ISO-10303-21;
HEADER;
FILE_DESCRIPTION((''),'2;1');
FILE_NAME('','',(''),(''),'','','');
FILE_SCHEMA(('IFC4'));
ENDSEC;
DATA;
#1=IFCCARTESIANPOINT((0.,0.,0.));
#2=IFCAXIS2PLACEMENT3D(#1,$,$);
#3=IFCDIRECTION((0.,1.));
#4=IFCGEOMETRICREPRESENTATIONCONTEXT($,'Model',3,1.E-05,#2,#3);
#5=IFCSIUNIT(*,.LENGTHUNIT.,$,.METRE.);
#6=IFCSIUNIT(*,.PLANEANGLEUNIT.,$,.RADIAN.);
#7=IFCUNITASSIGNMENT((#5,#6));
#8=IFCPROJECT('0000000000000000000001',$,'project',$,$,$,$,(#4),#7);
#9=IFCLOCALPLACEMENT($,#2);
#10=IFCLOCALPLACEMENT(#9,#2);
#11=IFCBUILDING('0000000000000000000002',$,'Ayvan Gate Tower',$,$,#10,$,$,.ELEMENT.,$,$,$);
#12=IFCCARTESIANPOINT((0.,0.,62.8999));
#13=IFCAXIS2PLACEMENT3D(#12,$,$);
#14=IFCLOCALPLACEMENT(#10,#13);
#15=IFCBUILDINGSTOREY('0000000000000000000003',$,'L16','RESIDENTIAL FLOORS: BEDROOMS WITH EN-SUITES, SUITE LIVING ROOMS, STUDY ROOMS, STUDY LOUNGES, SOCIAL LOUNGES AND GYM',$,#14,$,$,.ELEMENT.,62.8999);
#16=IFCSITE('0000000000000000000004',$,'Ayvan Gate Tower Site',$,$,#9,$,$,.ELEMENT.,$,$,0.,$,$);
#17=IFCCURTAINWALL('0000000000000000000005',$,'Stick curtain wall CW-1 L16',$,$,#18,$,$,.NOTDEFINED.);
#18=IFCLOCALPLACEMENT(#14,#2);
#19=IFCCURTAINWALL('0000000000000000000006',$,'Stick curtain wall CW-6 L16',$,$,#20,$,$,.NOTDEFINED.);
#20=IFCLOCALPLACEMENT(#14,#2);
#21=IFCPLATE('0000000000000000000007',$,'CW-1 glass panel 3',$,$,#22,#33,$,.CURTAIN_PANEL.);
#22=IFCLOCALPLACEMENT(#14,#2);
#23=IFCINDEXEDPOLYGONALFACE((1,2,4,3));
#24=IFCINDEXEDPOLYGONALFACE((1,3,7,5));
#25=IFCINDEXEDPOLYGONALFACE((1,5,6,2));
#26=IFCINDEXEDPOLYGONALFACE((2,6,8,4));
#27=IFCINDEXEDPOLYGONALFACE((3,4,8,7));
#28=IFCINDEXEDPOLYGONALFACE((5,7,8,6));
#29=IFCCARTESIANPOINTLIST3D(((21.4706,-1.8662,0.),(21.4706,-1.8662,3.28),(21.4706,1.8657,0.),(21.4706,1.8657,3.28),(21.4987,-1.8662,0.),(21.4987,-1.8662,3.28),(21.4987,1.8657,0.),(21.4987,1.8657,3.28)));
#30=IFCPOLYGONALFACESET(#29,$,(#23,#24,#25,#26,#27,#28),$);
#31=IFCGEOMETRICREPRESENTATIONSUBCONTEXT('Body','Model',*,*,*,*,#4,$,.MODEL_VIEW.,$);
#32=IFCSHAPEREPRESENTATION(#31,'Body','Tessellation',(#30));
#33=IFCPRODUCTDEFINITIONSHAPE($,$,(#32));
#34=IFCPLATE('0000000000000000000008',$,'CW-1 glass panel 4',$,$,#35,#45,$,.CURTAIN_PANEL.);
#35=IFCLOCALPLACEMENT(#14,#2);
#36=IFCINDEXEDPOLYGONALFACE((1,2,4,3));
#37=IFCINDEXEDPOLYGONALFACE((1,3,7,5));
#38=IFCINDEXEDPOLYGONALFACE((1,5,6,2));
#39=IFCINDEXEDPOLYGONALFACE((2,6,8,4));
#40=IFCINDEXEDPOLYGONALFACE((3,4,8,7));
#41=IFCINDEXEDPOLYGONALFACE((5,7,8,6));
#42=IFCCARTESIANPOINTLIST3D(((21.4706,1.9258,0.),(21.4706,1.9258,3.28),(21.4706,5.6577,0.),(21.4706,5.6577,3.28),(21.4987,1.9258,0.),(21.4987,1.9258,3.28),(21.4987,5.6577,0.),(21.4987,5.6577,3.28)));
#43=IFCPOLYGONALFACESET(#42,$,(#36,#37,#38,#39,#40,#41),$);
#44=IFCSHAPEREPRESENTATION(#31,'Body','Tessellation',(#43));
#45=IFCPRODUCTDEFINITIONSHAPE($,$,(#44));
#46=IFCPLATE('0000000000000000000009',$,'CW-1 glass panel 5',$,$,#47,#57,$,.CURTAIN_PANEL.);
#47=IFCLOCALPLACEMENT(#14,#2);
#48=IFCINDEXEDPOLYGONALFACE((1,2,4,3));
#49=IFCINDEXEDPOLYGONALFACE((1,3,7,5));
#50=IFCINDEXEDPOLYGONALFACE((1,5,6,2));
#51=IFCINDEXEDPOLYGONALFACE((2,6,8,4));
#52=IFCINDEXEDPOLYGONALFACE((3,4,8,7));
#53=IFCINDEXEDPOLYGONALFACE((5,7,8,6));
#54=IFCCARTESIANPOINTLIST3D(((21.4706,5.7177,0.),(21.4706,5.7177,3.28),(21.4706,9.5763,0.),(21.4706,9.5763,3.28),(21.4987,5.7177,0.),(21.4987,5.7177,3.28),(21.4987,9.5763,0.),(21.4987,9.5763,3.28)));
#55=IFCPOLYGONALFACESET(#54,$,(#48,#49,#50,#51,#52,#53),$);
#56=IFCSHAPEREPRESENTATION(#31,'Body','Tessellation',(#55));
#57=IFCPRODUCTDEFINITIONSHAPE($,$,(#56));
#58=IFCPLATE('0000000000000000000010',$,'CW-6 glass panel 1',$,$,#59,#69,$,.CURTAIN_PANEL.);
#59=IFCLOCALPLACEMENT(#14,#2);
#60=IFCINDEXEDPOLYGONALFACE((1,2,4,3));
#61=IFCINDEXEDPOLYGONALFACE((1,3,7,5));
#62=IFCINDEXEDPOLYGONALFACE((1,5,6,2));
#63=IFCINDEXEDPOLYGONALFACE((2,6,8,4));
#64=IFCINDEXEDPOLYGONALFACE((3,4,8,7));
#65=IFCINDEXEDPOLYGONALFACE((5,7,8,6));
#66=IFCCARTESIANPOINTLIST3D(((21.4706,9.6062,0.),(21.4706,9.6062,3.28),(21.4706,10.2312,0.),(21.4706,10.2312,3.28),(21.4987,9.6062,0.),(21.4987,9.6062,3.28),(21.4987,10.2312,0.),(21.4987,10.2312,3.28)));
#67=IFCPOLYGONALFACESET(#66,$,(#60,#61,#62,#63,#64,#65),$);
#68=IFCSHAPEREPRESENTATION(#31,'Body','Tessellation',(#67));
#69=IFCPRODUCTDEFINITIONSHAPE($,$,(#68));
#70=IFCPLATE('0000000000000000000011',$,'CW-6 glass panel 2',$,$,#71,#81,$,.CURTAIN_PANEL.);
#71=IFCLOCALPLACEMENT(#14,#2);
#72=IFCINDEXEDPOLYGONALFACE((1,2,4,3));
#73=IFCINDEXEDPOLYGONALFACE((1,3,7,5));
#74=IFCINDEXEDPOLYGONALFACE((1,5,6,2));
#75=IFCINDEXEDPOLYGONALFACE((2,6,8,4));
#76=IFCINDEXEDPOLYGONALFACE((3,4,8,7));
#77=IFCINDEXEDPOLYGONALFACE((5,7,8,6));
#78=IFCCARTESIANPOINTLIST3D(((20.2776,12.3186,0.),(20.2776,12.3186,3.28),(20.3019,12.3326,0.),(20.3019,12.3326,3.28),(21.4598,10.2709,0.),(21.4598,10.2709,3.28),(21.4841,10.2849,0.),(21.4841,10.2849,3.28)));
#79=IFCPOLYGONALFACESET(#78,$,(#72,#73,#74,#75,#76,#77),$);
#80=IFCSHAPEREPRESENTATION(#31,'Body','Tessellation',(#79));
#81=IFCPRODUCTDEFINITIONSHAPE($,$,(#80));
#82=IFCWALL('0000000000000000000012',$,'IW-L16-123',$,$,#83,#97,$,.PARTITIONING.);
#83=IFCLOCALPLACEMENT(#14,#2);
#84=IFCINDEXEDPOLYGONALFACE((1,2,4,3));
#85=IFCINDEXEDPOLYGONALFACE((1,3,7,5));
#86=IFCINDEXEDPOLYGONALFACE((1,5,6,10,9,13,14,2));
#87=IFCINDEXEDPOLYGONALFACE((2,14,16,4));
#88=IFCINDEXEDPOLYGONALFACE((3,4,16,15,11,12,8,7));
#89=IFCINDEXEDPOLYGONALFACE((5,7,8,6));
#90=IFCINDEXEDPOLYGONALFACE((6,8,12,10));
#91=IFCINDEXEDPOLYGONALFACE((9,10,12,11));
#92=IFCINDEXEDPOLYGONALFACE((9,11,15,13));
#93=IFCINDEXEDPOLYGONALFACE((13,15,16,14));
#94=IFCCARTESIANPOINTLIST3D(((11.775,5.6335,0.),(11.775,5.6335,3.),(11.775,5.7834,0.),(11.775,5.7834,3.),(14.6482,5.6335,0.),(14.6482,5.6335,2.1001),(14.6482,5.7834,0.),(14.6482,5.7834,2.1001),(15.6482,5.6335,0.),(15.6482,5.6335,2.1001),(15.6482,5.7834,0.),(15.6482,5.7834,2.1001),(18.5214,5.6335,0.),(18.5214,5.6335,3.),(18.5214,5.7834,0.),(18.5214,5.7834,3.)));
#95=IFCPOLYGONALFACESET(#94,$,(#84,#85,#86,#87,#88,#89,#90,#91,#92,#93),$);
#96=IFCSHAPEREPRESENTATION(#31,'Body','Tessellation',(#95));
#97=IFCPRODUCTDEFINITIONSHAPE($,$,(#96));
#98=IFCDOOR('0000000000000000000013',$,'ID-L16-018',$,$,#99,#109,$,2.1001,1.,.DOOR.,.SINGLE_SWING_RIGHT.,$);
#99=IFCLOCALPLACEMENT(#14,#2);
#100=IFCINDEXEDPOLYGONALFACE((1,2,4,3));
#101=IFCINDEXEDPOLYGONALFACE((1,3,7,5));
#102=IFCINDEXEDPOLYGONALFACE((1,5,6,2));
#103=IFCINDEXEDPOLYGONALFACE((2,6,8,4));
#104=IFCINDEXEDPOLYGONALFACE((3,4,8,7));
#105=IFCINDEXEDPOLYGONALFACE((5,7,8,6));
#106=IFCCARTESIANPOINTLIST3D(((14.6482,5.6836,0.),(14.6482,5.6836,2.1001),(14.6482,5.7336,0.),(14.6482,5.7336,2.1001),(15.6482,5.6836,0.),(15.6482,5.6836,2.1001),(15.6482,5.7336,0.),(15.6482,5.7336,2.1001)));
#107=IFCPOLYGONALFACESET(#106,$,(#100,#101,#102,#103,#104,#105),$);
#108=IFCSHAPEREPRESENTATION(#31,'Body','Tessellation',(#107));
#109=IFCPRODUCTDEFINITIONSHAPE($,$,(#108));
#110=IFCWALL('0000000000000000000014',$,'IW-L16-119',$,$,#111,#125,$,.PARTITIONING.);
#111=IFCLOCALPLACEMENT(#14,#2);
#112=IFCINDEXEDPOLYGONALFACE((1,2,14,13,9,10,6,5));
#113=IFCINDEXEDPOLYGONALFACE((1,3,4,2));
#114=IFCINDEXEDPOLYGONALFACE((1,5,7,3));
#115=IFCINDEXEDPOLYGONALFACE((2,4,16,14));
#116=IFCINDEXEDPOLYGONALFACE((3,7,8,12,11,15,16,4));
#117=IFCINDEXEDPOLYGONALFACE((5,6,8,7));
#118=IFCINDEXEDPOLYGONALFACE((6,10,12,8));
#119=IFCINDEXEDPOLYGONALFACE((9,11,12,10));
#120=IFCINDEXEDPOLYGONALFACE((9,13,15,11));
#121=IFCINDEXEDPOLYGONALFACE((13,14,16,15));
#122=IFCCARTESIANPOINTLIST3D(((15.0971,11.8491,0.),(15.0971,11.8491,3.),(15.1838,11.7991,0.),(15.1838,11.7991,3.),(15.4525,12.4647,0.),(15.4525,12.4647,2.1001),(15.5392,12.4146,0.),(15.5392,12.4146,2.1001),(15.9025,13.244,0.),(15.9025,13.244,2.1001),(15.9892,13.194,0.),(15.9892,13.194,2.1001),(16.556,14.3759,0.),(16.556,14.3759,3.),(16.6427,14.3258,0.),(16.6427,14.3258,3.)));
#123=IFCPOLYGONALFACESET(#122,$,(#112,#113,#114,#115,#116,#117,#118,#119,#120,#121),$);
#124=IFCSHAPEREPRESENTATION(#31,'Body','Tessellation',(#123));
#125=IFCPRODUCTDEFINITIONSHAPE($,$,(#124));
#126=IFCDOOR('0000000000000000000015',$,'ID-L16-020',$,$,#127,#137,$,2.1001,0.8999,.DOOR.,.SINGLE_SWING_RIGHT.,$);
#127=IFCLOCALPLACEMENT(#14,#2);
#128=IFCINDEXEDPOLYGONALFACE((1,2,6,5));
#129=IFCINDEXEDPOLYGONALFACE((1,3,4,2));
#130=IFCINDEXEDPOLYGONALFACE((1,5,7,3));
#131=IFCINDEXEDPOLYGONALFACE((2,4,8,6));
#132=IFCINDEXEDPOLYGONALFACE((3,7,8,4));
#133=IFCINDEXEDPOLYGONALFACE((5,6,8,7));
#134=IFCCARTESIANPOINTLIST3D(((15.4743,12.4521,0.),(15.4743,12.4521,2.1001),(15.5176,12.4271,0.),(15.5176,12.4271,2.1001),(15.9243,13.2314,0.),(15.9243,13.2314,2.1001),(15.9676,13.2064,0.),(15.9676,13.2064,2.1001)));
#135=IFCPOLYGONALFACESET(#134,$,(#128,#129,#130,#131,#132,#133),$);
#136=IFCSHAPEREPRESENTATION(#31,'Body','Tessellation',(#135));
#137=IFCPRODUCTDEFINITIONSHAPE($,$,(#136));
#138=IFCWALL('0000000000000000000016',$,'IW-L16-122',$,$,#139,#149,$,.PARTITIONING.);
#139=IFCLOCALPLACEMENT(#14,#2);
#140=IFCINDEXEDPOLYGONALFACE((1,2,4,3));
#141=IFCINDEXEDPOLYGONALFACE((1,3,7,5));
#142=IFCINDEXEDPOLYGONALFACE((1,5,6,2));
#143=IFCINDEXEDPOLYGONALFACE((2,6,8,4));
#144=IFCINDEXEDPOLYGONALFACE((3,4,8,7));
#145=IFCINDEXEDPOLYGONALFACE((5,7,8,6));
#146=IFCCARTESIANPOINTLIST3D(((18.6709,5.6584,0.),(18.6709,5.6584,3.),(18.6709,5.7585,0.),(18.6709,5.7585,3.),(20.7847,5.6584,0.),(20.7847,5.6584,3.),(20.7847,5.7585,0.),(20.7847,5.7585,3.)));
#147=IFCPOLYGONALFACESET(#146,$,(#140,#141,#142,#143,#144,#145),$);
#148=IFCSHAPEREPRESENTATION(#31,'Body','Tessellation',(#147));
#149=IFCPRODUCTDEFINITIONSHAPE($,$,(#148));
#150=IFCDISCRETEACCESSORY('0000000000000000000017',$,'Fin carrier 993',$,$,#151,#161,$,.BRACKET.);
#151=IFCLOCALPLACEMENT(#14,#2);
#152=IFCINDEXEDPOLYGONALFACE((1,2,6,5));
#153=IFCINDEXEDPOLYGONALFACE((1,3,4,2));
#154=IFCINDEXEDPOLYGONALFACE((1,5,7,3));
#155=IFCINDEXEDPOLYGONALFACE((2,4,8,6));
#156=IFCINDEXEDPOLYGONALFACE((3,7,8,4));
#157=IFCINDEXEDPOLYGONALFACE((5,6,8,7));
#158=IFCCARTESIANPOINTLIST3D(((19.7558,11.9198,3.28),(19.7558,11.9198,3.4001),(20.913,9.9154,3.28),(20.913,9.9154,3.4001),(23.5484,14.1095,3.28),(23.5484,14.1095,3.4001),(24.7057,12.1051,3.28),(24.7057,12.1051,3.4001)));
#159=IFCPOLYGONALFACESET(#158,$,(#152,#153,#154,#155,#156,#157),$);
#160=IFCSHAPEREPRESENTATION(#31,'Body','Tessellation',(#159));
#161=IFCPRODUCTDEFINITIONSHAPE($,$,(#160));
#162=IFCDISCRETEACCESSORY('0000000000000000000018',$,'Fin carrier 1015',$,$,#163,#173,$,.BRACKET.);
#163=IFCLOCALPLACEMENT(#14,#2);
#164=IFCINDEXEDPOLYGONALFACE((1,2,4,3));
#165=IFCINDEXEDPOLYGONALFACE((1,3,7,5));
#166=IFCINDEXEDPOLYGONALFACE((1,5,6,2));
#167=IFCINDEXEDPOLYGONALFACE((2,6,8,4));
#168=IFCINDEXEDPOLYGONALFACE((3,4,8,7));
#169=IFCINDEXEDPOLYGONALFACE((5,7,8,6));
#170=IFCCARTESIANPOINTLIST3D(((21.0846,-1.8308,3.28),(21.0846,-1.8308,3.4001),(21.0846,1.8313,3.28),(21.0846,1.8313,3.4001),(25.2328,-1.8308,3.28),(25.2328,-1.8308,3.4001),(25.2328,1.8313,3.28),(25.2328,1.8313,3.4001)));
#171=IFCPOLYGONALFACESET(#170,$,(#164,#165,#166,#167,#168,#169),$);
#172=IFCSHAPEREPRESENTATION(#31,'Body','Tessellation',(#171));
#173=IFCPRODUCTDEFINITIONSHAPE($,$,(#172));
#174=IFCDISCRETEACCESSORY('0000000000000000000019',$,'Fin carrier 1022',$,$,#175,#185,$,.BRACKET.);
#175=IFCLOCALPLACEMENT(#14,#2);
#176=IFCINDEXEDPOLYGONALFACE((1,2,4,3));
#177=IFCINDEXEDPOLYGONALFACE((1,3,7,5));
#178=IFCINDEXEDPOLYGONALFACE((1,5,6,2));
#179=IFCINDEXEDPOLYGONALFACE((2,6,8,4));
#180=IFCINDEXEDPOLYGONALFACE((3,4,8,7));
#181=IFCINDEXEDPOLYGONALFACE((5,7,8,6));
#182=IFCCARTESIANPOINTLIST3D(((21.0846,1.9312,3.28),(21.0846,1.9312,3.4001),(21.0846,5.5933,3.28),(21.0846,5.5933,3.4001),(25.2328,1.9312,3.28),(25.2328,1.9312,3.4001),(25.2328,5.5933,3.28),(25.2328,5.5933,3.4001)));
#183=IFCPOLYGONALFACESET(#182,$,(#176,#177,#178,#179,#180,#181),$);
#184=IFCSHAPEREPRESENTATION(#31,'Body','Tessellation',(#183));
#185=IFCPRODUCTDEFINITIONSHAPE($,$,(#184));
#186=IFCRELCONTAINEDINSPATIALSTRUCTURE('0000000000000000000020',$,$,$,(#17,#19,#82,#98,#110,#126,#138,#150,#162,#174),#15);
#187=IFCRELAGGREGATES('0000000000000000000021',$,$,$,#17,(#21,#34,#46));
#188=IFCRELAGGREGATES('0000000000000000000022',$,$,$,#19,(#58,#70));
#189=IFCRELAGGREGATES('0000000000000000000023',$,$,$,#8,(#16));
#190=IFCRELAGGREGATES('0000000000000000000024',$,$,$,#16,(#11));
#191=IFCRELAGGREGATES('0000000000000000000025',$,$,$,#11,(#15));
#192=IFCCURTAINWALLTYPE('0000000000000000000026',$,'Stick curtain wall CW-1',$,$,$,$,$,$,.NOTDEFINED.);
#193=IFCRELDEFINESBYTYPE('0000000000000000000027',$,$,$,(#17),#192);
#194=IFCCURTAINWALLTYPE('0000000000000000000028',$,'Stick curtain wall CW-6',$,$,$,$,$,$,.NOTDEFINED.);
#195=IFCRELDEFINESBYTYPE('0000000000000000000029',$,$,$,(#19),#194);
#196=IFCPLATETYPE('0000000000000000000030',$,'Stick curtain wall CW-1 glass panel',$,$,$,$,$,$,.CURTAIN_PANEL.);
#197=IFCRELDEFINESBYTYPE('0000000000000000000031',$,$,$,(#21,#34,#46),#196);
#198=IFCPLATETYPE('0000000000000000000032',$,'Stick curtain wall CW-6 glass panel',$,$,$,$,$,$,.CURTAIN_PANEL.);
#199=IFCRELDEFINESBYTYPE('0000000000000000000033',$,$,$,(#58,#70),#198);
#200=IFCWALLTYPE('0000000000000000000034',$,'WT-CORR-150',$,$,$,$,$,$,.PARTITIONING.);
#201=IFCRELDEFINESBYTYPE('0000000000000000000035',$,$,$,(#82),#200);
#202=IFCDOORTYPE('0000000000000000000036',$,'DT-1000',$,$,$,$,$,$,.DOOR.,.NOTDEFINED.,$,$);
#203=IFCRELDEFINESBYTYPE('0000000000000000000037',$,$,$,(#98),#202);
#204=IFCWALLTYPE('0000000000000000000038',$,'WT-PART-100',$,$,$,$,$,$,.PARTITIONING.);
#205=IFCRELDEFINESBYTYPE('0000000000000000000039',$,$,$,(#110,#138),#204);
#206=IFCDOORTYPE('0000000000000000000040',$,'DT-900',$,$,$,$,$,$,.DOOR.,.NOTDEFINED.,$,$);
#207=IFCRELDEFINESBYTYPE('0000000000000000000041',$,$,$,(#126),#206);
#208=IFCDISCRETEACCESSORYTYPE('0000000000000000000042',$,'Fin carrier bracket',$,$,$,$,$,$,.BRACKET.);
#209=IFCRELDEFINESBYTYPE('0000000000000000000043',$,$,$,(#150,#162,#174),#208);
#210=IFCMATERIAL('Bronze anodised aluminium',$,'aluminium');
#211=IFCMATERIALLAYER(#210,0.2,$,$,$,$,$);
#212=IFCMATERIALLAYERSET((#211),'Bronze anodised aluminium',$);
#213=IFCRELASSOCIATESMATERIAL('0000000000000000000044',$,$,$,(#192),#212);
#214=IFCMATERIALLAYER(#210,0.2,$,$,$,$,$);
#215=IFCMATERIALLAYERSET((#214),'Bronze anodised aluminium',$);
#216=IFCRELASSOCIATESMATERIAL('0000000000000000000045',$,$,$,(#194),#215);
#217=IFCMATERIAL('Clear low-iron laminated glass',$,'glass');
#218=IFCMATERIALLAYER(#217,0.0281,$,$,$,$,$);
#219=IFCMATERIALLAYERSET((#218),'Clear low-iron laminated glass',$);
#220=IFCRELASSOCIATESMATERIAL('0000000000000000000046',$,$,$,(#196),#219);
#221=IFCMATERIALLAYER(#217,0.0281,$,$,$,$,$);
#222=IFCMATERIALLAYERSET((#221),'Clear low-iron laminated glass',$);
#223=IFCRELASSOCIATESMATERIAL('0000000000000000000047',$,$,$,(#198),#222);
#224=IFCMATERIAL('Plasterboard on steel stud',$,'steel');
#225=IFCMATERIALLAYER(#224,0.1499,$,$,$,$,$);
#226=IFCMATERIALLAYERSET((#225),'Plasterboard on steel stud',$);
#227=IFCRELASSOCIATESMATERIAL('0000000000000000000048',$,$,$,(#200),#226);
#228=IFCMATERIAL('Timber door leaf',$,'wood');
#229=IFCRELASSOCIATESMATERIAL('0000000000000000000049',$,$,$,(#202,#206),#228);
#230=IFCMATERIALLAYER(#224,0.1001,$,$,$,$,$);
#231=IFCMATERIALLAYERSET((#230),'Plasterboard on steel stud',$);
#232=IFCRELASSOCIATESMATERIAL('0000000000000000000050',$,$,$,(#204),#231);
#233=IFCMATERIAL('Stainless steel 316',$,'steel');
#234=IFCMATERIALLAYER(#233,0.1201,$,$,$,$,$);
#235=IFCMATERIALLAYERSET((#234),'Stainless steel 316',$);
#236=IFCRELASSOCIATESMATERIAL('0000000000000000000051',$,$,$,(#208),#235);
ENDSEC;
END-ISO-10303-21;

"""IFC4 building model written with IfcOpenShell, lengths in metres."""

from ifc_helpers import new_model, si_unit, direction, frame, frame_2d, origin, origin_2d, place, context, subcontext, project, spatial, rectangle, extrude, material, layer, layer_set, type_object, element, fill, aggregate, save


model = new_model("IFC4")

# Units and contexts
model_context = context("Model", 3, precision=1e-05, world=origin(), true_north=direction((0.0, 1.0)))
body_context = subcontext(model_context, "Body", "Model", "MODEL_VIEW")
ifc_project = project(units=[si_unit("LENGTHUNIT", "METRE"), si_unit("PLANEANGLEUNIT", "RADIAN")], contexts=[model_context])

# Site, building, storey
site_placement = place(None, origin())
site = spatial("IfcSite", under=ifc_project, at=site_placement, Name="Ayvan Gate Tower Site", CompositionType="ELEMENT", RefElevation=0.0)
building_placement = place(site_placement, origin())
building = spatial("IfcBuilding", under=site, at=building_placement, Name="Ayvan Gate Tower", CompositionType="ELEMENT")
storey_placement = place(building_placement, frame((0.0, 0.0, 62.8999)))
storey = spatial("IfcBuildingStorey", under=building, at=storey_placement, Name="L16", Description="RESIDENTIAL FLOORS: BEDROOMS WITH EN-SUITES, SUITE LIVING ROOMS, STUDY ROOMS, STUDY LOUNGES, SOCIAL LOUNGES AND GYM", CompositionType="ELEMENT", Elevation=62.8999)

# Curtain walls
ifc_material_1 = material(Name="Bronze anodised aluminium", Category="aluminium")
ifc_layer_1 = layer(ifc_material_1, 0.2)
ifc_layer_set_1 = layer_set([ifc_layer_1], Name="Bronze anodised aluminium")
curtain_wall_type_1 = type_object("IfcCurtainWallType", Name="Stick curtain wall CW-1", PredefinedType="NOTDEFINED", material=ifc_layer_set_1)
curtain_wall_1_placement = place(storey_placement, origin())
curtain_wall_1 = element("IfcCurtainWall", 1, at=curtain_wall_1_placement, inside=storey, type_object=curtain_wall_type_1, Name="Stick curtain wall CW-1 L16", PredefinedType="NOTDEFINED")
ifc_layer_2 = layer(ifc_material_1, 0.2)
ifc_layer_set_2 = layer_set([ifc_layer_2], Name="Bronze anodised aluminium")
curtain_wall_type_2 = type_object("IfcCurtainWallType", Name="Stick curtain wall CW-6", PredefinedType="NOTDEFINED", material=ifc_layer_set_2)
curtain_wall_2_placement = place(storey_placement, origin())
curtain_wall_2 = element("IfcCurtainWall", 2, at=curtain_wall_2_placement, inside=storey, type_object=curtain_wall_type_2, Name="Stick curtain wall CW-6 L16", PredefinedType="NOTDEFINED")

# Plates
ifc_material_2 = material(Name="Clear low-iron laminated glass", Category="glass")
ifc_layer_3 = layer(ifc_material_2, 0.0281)
ifc_layer_set_3 = layer_set([ifc_layer_3], Name="Clear low-iron laminated glass")
plate_type_1 = type_object("IfcPlateType", Name="Stick curtain wall CW-1 glass panel", PredefinedType="CURTAIN_PANEL", material=ifc_layer_set_3)
plate_1_placement = place(storey_placement, frame((21.4846, -0.0002, 0.0), z_axis=(0.0, 0.0, 1.0), x_axis=(0.0, 1.0, 0.0)))
plate_1 = element("IfcPlate", 3, at=plate_1_placement, type_object=plate_type_1, Name="CW-1 glass panel 3", PredefinedType="CURTAIN_PANEL", context=body_context, shape_type="SweptSolid", body=[
    extrude(rectangle(XDim=3.7319, YDim=0.0281, at=origin_2d()), origin(), (0.0, 0.0, 1.0), 3.28),
])
plate_2_placement = place(storey_placement, frame((21.4846, 3.7917, 0.0), z_axis=(0.0, 0.0, 1.0), x_axis=(0.0, 1.0, 0.0)))
plate_2 = element("IfcPlate", 4, at=plate_2_placement, type_object=plate_type_1, Name="CW-1 glass panel 4", PredefinedType="CURTAIN_PANEL", context=body_context, shape_type="SweptSolid", body=[
    extrude(rectangle(XDim=3.7319, YDim=0.0281, at=origin_2d()), origin(), (0.0, 0.0, 1.0), 3.28),
])
plate_3_placement = place(storey_placement, frame((21.4846, 7.647, 0.0), z_axis=(0.0, 0.0, 1.0), x_axis=(0.0, 1.0, 0.0)))
plate_3 = element("IfcPlate", 5, at=plate_3_placement, type_object=plate_type_1, Name="CW-1 glass panel 5", PredefinedType="CURTAIN_PANEL", context=body_context, shape_type="SweptSolid", body=[
    extrude(rectangle(XDim=3.8586, YDim=0.0281, at=origin_2d()), origin(), (0.0, 0.0, 1.0), 3.28),
])
aggregate(curtain_wall_1, [plate_1, plate_2, plate_3])
ifc_layer_4 = layer(ifc_material_2, 0.0281)
ifc_layer_set_4 = layer_set([ifc_layer_4], Name="Clear low-iron laminated glass")
plate_type_2 = type_object("IfcPlateType", Name="Stick curtain wall CW-6 glass panel", PredefinedType="CURTAIN_PANEL", material=ifc_layer_set_4)
plate_4_placement = place(storey_placement, frame((21.4846, 9.9187, 0.0), z_axis=(0.0, 0.0, 1.0), x_axis=(0.0, 1.0, 0.0)))
plate_4 = element("IfcPlate", 6, at=plate_4_placement, type_object=plate_type_2, Name="CW-6 glass panel 1", PredefinedType="CURTAIN_PANEL", context=body_context, shape_type="SweptSolid", body=[
    extrude(rectangle(XDim=0.625, YDim=0.0281, at=origin_2d()), origin(), (0.0, 0.0, 1.0), 3.28),
])
plate_5_placement = place(storey_placement, frame((20.8809, 11.3018, 0.0), z_axis=(0.0, 0.0, 1.0), x_axis=(-0.5, 0.866025, 0.0)))
plate_5 = element("IfcPlate", 7, at=plate_5_placement, type_object=plate_type_2, Name="CW-6 glass panel 2", PredefinedType="CURTAIN_PANEL", context=body_context, shape_type="SweptSolid", body=[
    extrude(rectangle(XDim=2.3645, YDim=0.0281, at=origin_2d()), origin(), (0.0, 0.0, 1.0), 3.28),
])
aggregate(curtain_wall_2, [plate_4, plate_5])

# Walls, openings, doors
ifc_material_3 = material(Name="Plasterboard on steel stud", Category="steel")
ifc_layer_5 = layer(ifc_material_3, 0.1499)
ifc_layer_set_5 = layer_set([ifc_layer_5], Name="Plasterboard on steel stud")
wall_type_1 = type_object("IfcWallType", Name="WT-CORR-150", PredefinedType="PARTITIONING", material=ifc_layer_set_5)
wall_1_placement = place(storey_placement, frame((18.5212, 5.7085, 0.0), z_axis=(0.0, 0.0, 1.0), x_axis=(-1.0, 0.0, 0.0)))
wall_1 = element("IfcWall", 8, at=wall_1_placement, inside=storey, type_object=wall_type_1, Name="IW-L16-123", PredefinedType="PARTITIONING", context=body_context, shape_type="SweptSolid", body=[
    extrude(rectangle(XDim=6.7463, YDim=0.1499, at=frame_2d((3.373, 0.0))), origin(), (0.0, 0.0, 1.0), 3.0),
])
opening_1_placement = place(wall_1_placement, frame((2.873, 0.0, 0.0)))
opening_1 = element("IfcOpeningElement", 9, at=opening_1_placement, cuts=wall_1, PredefinedType="OPENING", context=body_context, shape_type="SweptSolid", body=[
    extrude(rectangle(XDim=1.0, YDim=2.1001, at=frame_2d((0.5, 1.05))), frame((0.0, 0.085, 0.0), z_axis=(0.0, -1.0, 0.0), x_axis=(1.0, 0.0, 0.0)), (0.0, 0.0, 1.0), 0.1699),
])
ifc_material_4 = material(Name="Timber door leaf", Category="wood")
door_type_1 = type_object("IfcDoorType", Name="DT-1000", OperationType="NOTDEFINED", PredefinedType="DOOR", material=ifc_material_4)
door_1_placement = place(opening_1_placement, origin())
door_1 = element("IfcDoor", 10, at=door_1_placement, inside=storey, type_object=door_type_1, Name="ID-L16-018", OperationType="SINGLE_SWING_RIGHT", OverallHeight=2.1001, OverallWidth=1.0, PredefinedType="DOOR", context=body_context, shape_type="SweptSolid", body=[
    extrude(rectangle(XDim=1.0, YDim=2.1001, at=frame_2d((0.5, 1.05))), frame((0.0, 0.0249, 0.0), z_axis=(0.0, -1.0, 0.0), x_axis=(1.0, 0.0, 0.0)), (0.0, 0.0, 1.0), 0.05),
])
fill(opening_1, door_1)
ifc_layer_6 = layer(ifc_material_3, 0.1001)
ifc_layer_set_6 = layer_set([ifc_layer_6], Name="Plasterboard on steel stud")
wall_type_2 = type_object("IfcWallType", Name="WT-PART-100", PredefinedType="PARTITIONING", material=ifc_layer_set_6)
wall_2_placement = place(storey_placement, frame((15.1404, 11.824, 0.0), z_axis=(0.0, 0.0, 1.0), x_axis=(0.500027, 0.86601, 0.0)))
wall_2 = element("IfcWall", 11, at=wall_2_placement, inside=storey, type_object=wall_type_2, Name="IW-L16-119", PredefinedType="PARTITIONING", context=body_context, shape_type="SweptSolid", body=[
    extrude(rectangle(XDim=2.9177, YDim=0.1001, at=frame_2d((1.459, 0.0))), origin(), (0.0, 0.0, 1.0), 3.0),
])
opening_2_placement = place(wall_2_placement, frame((0.7109, 0.0, 0.0)))
opening_2 = element("IfcOpeningElement", 12, at=opening_2_placement, cuts=wall_2, PredefinedType="OPENING", context=body_context, shape_type="SweptSolid", body=[
    extrude(rectangle(XDim=0.8999, YDim=2.1001, at=frame_2d((0.45, 1.05))), frame((0.0, 0.0601, 0.0), z_axis=(0.0, -1.0, 0.0), x_axis=(1.0, 0.0, 0.0)), (0.0, 0.0, 1.0), 0.1201),
])
door_type_2 = type_object("IfcDoorType", Name="DT-900", OperationType="NOTDEFINED", PredefinedType="DOOR", material=ifc_material_4)
door_2_placement = place(opening_2_placement, origin())
door_2 = element("IfcDoor", 13, at=door_2_placement, inside=storey, type_object=door_type_2, Name="ID-L16-020", OperationType="SINGLE_SWING_RIGHT", OverallHeight=2.1001, OverallWidth=0.8999, PredefinedType="DOOR", context=body_context, shape_type="SweptSolid", body=[
    extrude(rectangle(XDim=0.8999, YDim=2.1001, at=frame_2d((0.45, 1.05))), frame((0.0, 0.0249, 0.0), z_axis=(0.0, -1.0, 0.0), x_axis=(1.0, 0.0, 0.0)), (0.0, 0.0, 1.0), 0.05),
])
fill(opening_2, door_2)

# Wall
wall_3_placement = place(storey_placement, frame((18.6709, 5.7085, 0.0), z_axis=(0.0, 0.0, 1.0), x_axis=(1.0, 0.0, 0.0)))
element("IfcWall", 14, at=wall_3_placement, inside=storey, type_object=wall_type_2, Name="IW-L16-122", PredefinedType="PARTITIONING", context=body_context, shape_type="SweptSolid", body=[
    extrude(rectangle(XDim=2.1138, YDim=0.1001, at=frame_2d((1.0569, 0.0))), origin(), (0.0, 0.0, 1.0), 3.0),
])

# Discrete accessories
ifc_material_5 = material(Name="Stainless steel 316", Category="steel")
ifc_layer_7 = layer(ifc_material_5, 0.1201)
ifc_layer_set_7 = layer_set([ifc_layer_7], Name="Stainless steel 316")
discrete_accessory_type = type_object("IfcDiscreteAccessoryType", Name="Fin carrier bracket", PredefinedType="BRACKET", material=ifc_layer_set_7)
discrete_accessory_1_placement = place(storey_placement, frame((22.2307, 12.0125, 3.28), z_axis=(0.0, 0.0, 1.0), x_axis=(-0.5, 0.866025, 0.0)))
element("IfcDiscreteAccessory", 15, at=discrete_accessory_1_placement, inside=storey, type_object=discrete_accessory_type, Name="Fin carrier 993", PredefinedType="BRACKET", context=body_context, shape_type="SweptSolid", body=[
    extrude(rectangle(XDim=2.3145, YDim=4.3794, at=origin_2d()), origin(), (0.0, 0.0, 1.0), 0.1201),
])
for number, where, z_axis, x_axis, name in (
    (16, (23.1587, 0.0002, 3.28), (0.0, 0.0, 1.0), (0.0, 1.0, 0.0), "Fin carrier 1015"),
    (17, (23.1587, 3.7622, 3.28), (0.0, 0.0, 1.0), (0.0, 1.0, 0.0), "Fin carrier 1022"),
):
    element("IfcDiscreteAccessory", number, at=place(storey_placement, frame(where, z_axis=z_axis, x_axis=x_axis)), inside=storey, type_object=discrete_accessory_type, Name=name, PredefinedType="BRACKET", context=body_context, shape_type="SweptSolid", body=[
        extrude(rectangle(XDim=3.6621, YDim=4.1482, at=origin_2d()), origin(), (0.0, 0.0, 1.0), 0.1201),
    ])

save(model, "model.ifc")
